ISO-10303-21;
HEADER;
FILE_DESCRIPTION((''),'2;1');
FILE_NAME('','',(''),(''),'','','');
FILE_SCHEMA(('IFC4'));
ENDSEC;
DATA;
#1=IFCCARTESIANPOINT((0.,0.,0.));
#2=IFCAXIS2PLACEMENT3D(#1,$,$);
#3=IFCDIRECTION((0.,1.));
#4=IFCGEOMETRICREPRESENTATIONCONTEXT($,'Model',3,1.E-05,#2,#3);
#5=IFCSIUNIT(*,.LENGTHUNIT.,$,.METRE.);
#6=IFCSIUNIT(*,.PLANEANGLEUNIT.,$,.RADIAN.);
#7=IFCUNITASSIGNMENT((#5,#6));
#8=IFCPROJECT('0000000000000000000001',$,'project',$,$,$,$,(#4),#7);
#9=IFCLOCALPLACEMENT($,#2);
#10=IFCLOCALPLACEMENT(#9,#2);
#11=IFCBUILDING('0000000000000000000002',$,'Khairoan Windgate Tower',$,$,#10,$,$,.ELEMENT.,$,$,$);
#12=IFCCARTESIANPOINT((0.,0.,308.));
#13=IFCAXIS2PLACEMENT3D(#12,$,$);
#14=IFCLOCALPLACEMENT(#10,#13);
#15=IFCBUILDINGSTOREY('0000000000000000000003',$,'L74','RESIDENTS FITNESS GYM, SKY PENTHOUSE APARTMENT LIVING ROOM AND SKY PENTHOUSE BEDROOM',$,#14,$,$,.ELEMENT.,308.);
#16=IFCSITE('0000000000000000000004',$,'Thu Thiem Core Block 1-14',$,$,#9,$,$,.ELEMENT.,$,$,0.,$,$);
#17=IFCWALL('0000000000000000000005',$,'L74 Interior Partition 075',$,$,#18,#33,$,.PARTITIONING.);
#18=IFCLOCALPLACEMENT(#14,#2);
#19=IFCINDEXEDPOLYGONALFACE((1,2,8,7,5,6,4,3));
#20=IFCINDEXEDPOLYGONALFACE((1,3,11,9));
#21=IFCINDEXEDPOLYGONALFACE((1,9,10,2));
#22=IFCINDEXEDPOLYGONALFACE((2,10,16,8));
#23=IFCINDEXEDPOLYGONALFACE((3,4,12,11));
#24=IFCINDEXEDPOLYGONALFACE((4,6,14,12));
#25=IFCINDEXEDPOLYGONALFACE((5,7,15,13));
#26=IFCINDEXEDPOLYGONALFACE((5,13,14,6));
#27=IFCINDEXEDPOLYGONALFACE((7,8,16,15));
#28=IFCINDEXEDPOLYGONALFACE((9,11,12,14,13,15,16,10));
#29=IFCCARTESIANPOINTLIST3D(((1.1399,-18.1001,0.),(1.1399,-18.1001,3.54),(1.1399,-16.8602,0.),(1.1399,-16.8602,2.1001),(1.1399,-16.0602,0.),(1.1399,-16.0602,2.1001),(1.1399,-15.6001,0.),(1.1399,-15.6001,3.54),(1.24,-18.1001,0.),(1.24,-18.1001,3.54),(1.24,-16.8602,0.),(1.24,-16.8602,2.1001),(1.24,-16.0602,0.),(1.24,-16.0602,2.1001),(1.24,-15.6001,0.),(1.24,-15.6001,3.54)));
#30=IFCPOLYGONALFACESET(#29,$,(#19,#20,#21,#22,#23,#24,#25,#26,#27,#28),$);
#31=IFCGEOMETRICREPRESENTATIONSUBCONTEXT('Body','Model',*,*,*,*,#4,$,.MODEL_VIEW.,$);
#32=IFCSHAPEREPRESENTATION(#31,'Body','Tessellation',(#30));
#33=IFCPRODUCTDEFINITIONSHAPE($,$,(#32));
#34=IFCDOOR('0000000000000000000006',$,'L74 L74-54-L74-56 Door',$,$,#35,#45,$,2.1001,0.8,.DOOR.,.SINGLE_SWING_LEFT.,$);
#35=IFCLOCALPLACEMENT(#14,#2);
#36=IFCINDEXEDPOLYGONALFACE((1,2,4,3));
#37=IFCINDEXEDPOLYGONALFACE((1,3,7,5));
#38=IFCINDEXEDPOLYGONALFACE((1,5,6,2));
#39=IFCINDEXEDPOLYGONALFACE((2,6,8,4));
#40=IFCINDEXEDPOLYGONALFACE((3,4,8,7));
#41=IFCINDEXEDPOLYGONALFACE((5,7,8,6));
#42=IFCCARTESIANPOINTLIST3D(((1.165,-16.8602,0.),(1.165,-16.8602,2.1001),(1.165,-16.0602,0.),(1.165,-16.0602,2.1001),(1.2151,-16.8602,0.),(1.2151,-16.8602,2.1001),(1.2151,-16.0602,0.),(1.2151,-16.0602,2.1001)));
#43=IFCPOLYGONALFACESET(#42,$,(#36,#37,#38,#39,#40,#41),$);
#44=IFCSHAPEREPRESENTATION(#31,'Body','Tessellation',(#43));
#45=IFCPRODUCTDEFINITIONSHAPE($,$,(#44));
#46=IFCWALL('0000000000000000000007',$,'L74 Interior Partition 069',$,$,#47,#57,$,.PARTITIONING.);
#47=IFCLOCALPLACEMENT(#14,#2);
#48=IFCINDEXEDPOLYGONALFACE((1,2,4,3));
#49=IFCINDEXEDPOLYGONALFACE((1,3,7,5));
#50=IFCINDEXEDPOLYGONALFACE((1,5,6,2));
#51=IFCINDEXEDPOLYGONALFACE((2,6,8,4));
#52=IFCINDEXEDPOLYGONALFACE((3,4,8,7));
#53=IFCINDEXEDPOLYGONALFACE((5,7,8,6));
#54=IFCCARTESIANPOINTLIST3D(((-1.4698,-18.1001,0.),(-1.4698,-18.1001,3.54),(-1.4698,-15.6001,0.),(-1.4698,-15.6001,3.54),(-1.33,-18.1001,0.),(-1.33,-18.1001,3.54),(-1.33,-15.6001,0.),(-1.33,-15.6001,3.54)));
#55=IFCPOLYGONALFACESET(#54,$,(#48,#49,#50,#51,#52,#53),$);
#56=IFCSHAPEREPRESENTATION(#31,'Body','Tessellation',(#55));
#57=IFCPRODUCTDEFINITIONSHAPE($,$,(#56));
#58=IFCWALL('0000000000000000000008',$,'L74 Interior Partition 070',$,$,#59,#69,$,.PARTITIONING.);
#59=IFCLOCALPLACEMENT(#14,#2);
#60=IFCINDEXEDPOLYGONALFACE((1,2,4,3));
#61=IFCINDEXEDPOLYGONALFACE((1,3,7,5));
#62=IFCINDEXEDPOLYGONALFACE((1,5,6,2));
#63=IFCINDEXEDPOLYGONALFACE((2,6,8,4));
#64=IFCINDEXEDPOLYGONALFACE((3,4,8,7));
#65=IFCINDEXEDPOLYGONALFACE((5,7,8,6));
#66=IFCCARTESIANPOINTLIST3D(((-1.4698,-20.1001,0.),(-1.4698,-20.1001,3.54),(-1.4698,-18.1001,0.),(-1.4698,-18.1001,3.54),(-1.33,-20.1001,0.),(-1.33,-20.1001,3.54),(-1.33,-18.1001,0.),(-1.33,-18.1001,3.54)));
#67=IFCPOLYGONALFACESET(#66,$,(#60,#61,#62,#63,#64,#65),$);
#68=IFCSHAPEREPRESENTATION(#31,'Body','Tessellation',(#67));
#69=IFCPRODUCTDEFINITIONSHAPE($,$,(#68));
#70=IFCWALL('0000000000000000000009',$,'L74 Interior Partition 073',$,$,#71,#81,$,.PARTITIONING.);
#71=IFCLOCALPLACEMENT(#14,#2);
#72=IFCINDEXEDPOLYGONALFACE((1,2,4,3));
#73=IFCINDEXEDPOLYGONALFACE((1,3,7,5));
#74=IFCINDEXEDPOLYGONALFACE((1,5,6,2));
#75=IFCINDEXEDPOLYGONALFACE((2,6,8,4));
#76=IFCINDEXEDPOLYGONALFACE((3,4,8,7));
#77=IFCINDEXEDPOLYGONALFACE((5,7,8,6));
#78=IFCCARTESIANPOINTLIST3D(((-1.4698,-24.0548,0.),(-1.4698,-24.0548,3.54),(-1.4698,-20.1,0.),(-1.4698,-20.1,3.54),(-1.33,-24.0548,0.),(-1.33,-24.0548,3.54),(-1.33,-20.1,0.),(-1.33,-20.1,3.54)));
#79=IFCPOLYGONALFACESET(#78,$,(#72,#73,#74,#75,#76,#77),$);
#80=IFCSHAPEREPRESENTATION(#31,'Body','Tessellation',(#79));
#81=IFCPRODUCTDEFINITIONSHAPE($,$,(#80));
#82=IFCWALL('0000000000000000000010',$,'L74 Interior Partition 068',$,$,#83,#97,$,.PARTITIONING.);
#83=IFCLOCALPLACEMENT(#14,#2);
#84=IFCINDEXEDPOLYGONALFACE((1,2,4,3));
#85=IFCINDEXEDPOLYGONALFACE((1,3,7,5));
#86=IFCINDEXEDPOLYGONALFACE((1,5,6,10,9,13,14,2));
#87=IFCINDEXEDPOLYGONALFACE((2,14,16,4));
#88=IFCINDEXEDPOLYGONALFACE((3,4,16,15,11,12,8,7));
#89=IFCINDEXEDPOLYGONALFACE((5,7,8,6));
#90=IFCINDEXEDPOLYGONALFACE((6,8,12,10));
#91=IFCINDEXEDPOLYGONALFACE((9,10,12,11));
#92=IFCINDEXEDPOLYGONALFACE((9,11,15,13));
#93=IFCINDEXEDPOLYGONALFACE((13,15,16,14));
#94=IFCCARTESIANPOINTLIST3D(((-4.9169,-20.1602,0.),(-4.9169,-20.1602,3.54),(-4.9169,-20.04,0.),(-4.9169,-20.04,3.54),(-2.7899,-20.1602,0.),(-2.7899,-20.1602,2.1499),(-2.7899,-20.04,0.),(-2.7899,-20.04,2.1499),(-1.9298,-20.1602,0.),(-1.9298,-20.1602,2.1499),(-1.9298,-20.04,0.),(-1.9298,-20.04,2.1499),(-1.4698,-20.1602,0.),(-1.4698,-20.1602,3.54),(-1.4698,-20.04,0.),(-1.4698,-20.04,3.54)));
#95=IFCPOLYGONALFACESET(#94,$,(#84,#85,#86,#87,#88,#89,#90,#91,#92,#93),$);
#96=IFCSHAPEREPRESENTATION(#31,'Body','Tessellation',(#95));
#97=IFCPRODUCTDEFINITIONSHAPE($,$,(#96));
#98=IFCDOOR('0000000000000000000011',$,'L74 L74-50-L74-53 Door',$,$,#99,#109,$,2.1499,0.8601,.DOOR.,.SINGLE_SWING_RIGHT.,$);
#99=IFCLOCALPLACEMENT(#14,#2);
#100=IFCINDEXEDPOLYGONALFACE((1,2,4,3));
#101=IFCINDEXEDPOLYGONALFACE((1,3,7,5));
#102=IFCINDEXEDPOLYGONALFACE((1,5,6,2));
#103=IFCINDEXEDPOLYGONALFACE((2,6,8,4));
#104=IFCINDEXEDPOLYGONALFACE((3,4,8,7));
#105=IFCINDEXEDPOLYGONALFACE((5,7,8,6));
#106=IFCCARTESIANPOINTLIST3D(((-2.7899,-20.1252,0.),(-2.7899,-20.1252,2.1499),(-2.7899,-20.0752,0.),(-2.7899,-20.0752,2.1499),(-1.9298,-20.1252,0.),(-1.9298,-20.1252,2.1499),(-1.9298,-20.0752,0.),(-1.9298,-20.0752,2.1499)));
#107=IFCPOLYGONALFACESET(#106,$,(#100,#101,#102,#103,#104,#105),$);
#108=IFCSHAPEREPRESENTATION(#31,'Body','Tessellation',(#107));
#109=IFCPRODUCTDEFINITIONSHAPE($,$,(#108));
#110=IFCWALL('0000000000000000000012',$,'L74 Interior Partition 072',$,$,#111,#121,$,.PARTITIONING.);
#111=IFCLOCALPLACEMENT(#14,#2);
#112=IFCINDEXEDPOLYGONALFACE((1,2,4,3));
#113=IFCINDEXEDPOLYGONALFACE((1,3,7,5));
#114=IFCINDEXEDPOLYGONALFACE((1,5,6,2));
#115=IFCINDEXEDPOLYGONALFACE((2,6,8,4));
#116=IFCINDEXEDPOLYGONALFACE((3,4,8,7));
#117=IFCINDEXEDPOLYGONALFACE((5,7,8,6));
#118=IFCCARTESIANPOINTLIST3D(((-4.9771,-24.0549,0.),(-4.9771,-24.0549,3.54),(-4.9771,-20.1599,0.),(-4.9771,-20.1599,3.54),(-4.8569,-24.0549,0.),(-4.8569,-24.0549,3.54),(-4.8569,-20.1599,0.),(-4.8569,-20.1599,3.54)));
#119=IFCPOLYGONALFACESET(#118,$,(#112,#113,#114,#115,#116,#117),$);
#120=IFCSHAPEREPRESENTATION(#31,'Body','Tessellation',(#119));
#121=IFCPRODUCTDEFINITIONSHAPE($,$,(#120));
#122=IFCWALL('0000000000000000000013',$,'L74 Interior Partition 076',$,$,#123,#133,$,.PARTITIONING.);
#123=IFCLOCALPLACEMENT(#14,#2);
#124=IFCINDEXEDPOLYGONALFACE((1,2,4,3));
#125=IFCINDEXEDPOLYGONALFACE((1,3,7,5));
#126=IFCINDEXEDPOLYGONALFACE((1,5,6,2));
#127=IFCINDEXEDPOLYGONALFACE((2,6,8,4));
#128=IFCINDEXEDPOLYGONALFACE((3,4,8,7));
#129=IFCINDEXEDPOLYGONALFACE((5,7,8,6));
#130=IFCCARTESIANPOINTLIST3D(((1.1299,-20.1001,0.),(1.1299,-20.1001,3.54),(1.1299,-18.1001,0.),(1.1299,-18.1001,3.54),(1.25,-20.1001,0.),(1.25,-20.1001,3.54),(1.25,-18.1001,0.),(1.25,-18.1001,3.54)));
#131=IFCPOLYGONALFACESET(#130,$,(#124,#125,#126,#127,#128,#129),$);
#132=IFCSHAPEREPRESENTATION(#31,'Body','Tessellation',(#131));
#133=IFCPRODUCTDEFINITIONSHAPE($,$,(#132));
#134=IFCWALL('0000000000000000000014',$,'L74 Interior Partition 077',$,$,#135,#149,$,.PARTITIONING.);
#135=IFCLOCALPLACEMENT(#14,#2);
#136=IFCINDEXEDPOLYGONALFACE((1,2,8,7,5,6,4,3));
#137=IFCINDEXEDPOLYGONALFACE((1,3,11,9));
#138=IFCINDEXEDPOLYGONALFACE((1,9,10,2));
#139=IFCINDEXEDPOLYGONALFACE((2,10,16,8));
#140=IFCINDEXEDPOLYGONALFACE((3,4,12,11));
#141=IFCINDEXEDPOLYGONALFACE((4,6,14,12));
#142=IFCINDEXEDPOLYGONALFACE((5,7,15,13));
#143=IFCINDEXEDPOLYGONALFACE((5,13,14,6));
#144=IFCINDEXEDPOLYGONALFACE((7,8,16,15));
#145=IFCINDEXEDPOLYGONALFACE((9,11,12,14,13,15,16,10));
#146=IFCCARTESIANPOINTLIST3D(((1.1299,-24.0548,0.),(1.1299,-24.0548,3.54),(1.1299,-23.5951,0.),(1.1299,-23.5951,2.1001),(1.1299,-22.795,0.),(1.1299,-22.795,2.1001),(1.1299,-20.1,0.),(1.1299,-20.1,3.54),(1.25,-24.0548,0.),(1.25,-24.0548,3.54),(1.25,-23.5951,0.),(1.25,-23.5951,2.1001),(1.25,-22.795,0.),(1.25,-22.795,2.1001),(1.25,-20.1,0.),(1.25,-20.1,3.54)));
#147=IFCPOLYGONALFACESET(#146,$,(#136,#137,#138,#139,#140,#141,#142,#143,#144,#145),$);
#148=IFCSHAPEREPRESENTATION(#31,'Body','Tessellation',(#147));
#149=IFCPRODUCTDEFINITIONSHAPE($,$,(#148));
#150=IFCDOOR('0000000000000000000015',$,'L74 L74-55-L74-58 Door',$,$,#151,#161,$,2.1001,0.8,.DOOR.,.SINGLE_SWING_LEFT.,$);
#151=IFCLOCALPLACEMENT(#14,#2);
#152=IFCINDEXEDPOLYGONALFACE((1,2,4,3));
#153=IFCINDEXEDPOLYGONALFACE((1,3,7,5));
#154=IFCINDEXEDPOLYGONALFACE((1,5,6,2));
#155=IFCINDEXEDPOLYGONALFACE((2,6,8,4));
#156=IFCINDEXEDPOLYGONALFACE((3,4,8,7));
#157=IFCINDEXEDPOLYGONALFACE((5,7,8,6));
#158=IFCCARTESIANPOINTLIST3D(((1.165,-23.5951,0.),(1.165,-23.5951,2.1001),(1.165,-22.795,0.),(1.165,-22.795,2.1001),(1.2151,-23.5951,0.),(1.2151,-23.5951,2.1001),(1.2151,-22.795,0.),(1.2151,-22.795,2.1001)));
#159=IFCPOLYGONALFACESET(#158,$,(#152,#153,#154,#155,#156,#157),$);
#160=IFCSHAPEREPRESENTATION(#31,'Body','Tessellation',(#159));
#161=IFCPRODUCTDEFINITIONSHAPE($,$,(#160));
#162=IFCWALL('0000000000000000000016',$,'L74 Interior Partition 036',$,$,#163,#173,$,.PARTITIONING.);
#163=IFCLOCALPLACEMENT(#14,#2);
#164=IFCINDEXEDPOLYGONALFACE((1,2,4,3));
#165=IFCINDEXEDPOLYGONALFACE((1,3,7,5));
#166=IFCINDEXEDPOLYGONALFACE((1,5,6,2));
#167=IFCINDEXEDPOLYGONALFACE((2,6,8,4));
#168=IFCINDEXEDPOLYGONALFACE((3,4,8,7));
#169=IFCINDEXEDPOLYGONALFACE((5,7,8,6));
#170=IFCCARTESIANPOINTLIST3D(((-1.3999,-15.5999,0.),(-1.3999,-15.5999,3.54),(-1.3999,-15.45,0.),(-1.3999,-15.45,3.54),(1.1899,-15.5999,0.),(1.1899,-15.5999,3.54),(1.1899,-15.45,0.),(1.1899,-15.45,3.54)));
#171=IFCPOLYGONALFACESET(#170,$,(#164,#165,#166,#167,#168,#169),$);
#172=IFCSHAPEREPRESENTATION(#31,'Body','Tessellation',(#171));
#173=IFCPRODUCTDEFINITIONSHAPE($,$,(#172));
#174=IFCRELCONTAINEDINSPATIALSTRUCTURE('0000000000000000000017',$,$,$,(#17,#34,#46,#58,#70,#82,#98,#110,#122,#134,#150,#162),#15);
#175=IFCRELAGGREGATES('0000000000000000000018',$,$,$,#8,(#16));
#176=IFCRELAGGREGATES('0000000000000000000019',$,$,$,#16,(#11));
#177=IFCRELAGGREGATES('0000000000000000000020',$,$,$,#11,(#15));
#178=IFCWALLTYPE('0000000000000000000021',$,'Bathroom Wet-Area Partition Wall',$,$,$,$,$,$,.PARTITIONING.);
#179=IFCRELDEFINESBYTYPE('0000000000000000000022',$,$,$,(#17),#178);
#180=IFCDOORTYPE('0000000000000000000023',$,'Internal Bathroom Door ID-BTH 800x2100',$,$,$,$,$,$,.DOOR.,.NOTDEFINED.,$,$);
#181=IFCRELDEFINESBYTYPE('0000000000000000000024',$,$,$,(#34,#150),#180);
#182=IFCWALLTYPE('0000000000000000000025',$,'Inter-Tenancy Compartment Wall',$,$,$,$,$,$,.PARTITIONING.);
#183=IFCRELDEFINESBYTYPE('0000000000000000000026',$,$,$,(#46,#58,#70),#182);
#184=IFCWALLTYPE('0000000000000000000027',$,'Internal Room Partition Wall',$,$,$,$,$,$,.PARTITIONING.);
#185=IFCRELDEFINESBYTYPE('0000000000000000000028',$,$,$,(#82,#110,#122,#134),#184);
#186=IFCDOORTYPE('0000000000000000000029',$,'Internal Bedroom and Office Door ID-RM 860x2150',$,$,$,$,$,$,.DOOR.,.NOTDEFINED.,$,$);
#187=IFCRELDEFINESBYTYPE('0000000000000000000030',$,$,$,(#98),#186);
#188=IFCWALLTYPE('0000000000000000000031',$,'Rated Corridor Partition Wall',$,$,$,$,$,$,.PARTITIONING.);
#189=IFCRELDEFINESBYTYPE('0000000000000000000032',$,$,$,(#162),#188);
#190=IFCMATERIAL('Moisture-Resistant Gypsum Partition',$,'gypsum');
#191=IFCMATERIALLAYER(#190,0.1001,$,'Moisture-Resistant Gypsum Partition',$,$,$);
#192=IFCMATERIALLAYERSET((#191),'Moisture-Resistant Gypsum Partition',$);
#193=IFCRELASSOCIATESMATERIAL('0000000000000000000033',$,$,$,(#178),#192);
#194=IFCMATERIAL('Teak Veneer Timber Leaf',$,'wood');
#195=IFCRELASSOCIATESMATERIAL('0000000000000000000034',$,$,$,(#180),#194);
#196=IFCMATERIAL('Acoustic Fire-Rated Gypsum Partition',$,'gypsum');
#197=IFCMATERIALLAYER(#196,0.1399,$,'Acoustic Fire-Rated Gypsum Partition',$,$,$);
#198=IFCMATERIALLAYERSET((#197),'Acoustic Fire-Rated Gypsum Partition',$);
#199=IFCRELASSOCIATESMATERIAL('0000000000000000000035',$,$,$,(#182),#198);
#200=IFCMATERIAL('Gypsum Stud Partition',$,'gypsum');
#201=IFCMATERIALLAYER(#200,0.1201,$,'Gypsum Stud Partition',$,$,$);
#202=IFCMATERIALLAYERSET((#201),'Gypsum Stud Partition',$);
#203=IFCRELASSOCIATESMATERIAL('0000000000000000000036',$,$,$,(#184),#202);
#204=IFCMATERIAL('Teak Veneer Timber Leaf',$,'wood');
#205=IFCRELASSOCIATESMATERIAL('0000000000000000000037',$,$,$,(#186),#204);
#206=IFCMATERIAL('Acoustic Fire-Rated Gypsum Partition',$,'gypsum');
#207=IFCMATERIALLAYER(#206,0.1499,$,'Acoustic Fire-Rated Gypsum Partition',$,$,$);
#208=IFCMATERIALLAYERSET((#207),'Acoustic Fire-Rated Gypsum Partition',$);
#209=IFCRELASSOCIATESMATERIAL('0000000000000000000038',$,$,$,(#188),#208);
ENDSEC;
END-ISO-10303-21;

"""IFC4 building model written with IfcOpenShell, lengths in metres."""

from ifc_helpers import new_model, si_unit, direction, frame, frame_2d, origin, place, context, subcontext, project, spatial, rectangle, extrude, material, layer, layer_set, type_object, element, fill, save


model = new_model("IFC4")

# Units and contexts
model_context = context("Model", 3, precision=1e-05, world=origin(), true_north=direction((0.0, 1.0)))
body_context = subcontext(model_context, "Body", "Model", "MODEL_VIEW")
ifc_project = project(units=[si_unit("LENGTHUNIT", "METRE"), si_unit("PLANEANGLEUNIT", "RADIAN")], contexts=[model_context])

# Site, building, storey
site_placement = place(None, origin())
site = spatial("IfcSite", under=ifc_project, at=site_placement, Name="Thu Thiem Core Block 1-14", CompositionType="ELEMENT", RefElevation=0.0)
building_placement = place(site_placement, origin())
building = spatial("IfcBuilding", under=site, at=building_placement, Name="Khairoan Windgate Tower", CompositionType="ELEMENT")
storey_placement = place(building_placement, frame((0.0, 0.0, 308.0)))
storey = spatial("IfcBuildingStorey", under=building, at=storey_placement, Name="L74", Description="RESIDENTS FITNESS GYM, SKY PENTHOUSE APARTMENT LIVING ROOM AND SKY PENTHOUSE BEDROOM", CompositionType="ELEMENT", Elevation=308.0)

# Shared definitions
ifc_material_1 = material(Name="Moisture-Resistant Gypsum Partition", Category="gypsum")
ifc_layer_1 = layer(ifc_material_1, 0.1001, Name="Moisture-Resistant Gypsum Partition")
ifc_layer_set_1 = layer_set([ifc_layer_1], Name="Moisture-Resistant Gypsum Partition")
wall_type_1 = type_object("IfcWallType", Name="Bathroom Wet-Area Partition Wall", PredefinedType="PARTITIONING", material=ifc_layer_set_1)

# Wall, opening, door
wall_1_placement = place(storey_placement, frame((1.1899, -18.1001, 0.0), z_axis=(0.0, 0.0, 1.0), x_axis=(0.0, 1.0, 0.0)))
wall_1 = element("IfcWall", 1, at=wall_1_placement, inside=storey, type_object=wall_type_1, Name="L74 Interior Partition 075", PredefinedType="PARTITIONING", context=body_context, shape_type="SweptSolid", body=[
    extrude(rectangle(XDim=2.5, YDim=0.1001, at=frame_2d((1.25, 0.0))), origin(), (0.0, 0.0, 1.0), 3.54),
])
opening_1_placement = place(wall_1_placement, frame((1.24, 0.0, 0.0)))
opening_1 = element("IfcOpeningElement", 2, at=opening_1_placement, cuts=wall_1, PredefinedType="OPENING", context=body_context, shape_type="SweptSolid", body=[
    extrude(rectangle(XDim=0.8, YDim=2.1001, at=frame_2d((0.3999, 1.05))), frame((0.0, 0.0601, 0.0), z_axis=(0.0, -1.0, 0.0), x_axis=(1.0, 0.0, 0.0)), (0.0, 0.0, 1.0), 0.1201),
])
ifc_material_2 = material(Name="Teak Veneer Timber Leaf", Category="wood")
door_type_1 = type_object("IfcDoorType", Name="Internal Bathroom Door ID-BTH 800x2100", OperationType="NOTDEFINED", PredefinedType="DOOR", material=ifc_material_2)
door_1_placement = place(opening_1_placement, origin())
door_1 = element("IfcDoor", 3, at=door_1_placement, inside=storey, type_object=door_type_1, Name="L74 L74-54-L74-56 Door", OperationType="SINGLE_SWING_LEFT", OverallHeight=2.1001, OverallWidth=0.8, PredefinedType="DOOR", context=body_context, shape_type="SweptSolid", body=[
    extrude(rectangle(XDim=0.8, YDim=2.1001, at=frame_2d((0.3999, 1.05))), frame((0.0, 0.0249, 0.0), z_axis=(0.0, -1.0, 0.0), x_axis=(1.0, 0.0, 0.0)), (0.0, 0.0, 1.0), 0.05),
])
fill(opening_1, door_1)

# Walls
ifc_material_3 = material(Name="Acoustic Fire-Rated Gypsum Partition", Category="gypsum")
ifc_layer_2 = layer(ifc_material_3, 0.1399, Name="Acoustic Fire-Rated Gypsum Partition")
ifc_layer_set_2 = layer_set([ifc_layer_2], Name="Acoustic Fire-Rated Gypsum Partition")
wall_type_2 = type_object("IfcWallType", Name="Inter-Tenancy Compartment Wall", PredefinedType="PARTITIONING", material=ifc_layer_set_2)
wall_2_placement = place(storey_placement, frame((-1.3999, -18.1001, 0.0), z_axis=(0.0, 0.0, 1.0), x_axis=(0.0, 1.0, 0.0)))
element("IfcWall", 4, at=wall_2_placement, inside=storey, type_object=wall_type_2, Name="L74 Interior Partition 069", PredefinedType="PARTITIONING", context=body_context, shape_type="SweptSolid", body=[
    extrude(rectangle(XDim=2.5, YDim=0.1399, at=frame_2d((1.25, 0.0))), origin(), (0.0, 0.0, 1.0), 3.54),
])
wall_3_placement = place(storey_placement, frame((-1.3999, -20.1001, 0.0), z_axis=(0.0, 0.0, 1.0), x_axis=(0.0, 1.0, 0.0)))
element("IfcWall", 5, at=wall_3_placement, inside=storey, type_object=wall_type_2, Name="L74 Interior Partition 070", PredefinedType="PARTITIONING", context=body_context, shape_type="SweptSolid", body=[
    extrude(rectangle(XDim=2.0, YDim=0.1399, at=frame_2d((1.0, 0.0))), origin(), (0.0, 0.0, 1.0), 3.54),
])
wall_4_placement = place(storey_placement, frame((-1.3999, -24.0549, 0.0), z_axis=(0.0, 0.0, 1.0), x_axis=(0.0, 1.0, 0.0)))
element("IfcWall", 6, at=wall_4_placement, inside=storey, type_object=wall_type_2, Name="L74 Interior Partition 073", PredefinedType="PARTITIONING", context=body_context, shape_type="SweptSolid", body=[
    extrude(rectangle(XDim=3.9548, YDim=0.1399, at=frame_2d((1.9775, 0.0))), origin(), (0.0, 0.0, 1.0), 3.54),
])

# Wall, opening, door
ifc_material_4 = material(Name="Gypsum Stud Partition", Category="gypsum")
ifc_layer_3 = layer(ifc_material_4, 0.1201, Name="Gypsum Stud Partition")
ifc_layer_set_3 = layer_set([ifc_layer_3], Name="Gypsum Stud Partition")
wall_type_3 = type_object("IfcWallType", Name="Internal Room Partition Wall", PredefinedType="PARTITIONING", material=ifc_layer_set_3)
wall_5_placement = place(storey_placement, frame((-4.917, -20.1001, 0.0), z_axis=(0.0, 0.0, 1.0), x_axis=(1.0, 0.0, 0.0)))
wall_5 = element("IfcWall", 7, at=wall_5_placement, inside=storey, type_object=wall_type_3, Name="L74 Interior Partition 068", PredefinedType="PARTITIONING", context=body_context, shape_type="SweptSolid", body=[
    extrude(rectangle(XDim=3.447, YDim=0.1201, at=frame_2d((1.7236, 0.0))), origin(), (0.0, 0.0, 1.0), 3.54),
])
opening_2_placement = place(wall_5_placement, frame((2.127, 0.0, 0.0)))
opening_2 = element("IfcOpeningElement", 8, at=opening_2_placement, cuts=wall_5, PredefinedType="OPENING", context=body_context, shape_type="SweptSolid", body=[
    extrude(rectangle(XDim=0.8601, YDim=2.1499, at=frame_2d((0.4302, 1.075))), frame((0.0, 0.0701, 0.0), z_axis=(0.0, -1.0, 0.0), x_axis=(1.0, 0.0, 0.0)), (0.0, 0.0, 1.0), 0.1401),
])
ifc_material_5 = material(Name="Teak Veneer Timber Leaf", Category="wood")
door_type_2 = type_object("IfcDoorType", Name="Internal Bedroom and Office Door ID-RM 860x2150", OperationType="NOTDEFINED", PredefinedType="DOOR", material=ifc_material_5)
door_2_placement = place(opening_2_placement, origin())
door_2 = element("IfcDoor", 9, at=door_2_placement, inside=storey, type_object=door_type_2, Name="L74 L74-50-L74-53 Door", OperationType="SINGLE_SWING_RIGHT", OverallHeight=2.1499, OverallWidth=0.8601, PredefinedType="DOOR", context=body_context, shape_type="SweptSolid", body=[
    extrude(rectangle(XDim=0.8601, YDim=2.1499, at=frame_2d((0.4302, 1.075))), frame((0.0, 0.0249, 0.0), z_axis=(0.0, -1.0, 0.0), x_axis=(1.0, 0.0, 0.0)), (0.0, 0.0, 1.0), 0.05),
])
fill(opening_2, door_2)

# Walls
wall_6_placement = place(storey_placement, frame((-4.917, -24.0549, 0.0), z_axis=(0.0, 0.0, 1.0), x_axis=(0.0, 1.0, 0.0)))
element("IfcWall", 10, at=wall_6_placement, inside=storey, type_object=wall_type_3, Name="L74 Interior Partition 072", PredefinedType="PARTITIONING", context=body_context, shape_type="SweptSolid", body=[
    extrude(rectangle(XDim=3.895, YDim=0.1201, at=frame_2d((1.9475, 0.0))), origin(), (0.0, 0.0, 1.0), 3.54),
])
wall_7_placement = place(storey_placement, frame((1.1899, -20.1001, 0.0), z_axis=(0.0, 0.0, 1.0), x_axis=(0.0, 1.0, 0.0)))
element("IfcWall", 11, at=wall_7_placement, inside=storey, type_object=wall_type_3, Name="L74 Interior Partition 076", PredefinedType="PARTITIONING", context=body_context, shape_type="SweptSolid", body=[
    extrude(rectangle(XDim=2.0, YDim=0.1201, at=frame_2d((1.0, 0.0))), origin(), (0.0, 0.0, 1.0), 3.54),
])

# Wall, opening, door
wall_8_placement = place(storey_placement, frame((1.1899, -24.0549, 0.0), z_axis=(0.0, 0.0, 1.0), x_axis=(0.0, 1.0, 0.0)))
wall_8 = element("IfcWall", 12, at=wall_8_placement, inside=storey, type_object=wall_type_3, Name="L74 Interior Partition 077", PredefinedType="PARTITIONING", context=body_context, shape_type="SweptSolid", body=[
    extrude(rectangle(XDim=3.9548, YDim=0.1201, at=frame_2d((1.9775, 0.0))), origin(), (0.0, 0.0, 1.0), 3.54),
])
opening_3_placement = place(wall_8_placement, frame((0.46, 0.0, 0.0)))
opening_3 = element("IfcOpeningElement", 13, at=opening_3_placement, cuts=wall_8, PredefinedType="OPENING", context=body_context, shape_type="SweptSolid", body=[
    extrude(rectangle(XDim=0.8, YDim=2.1001, at=frame_2d((0.3999, 1.05))), frame((0.0, 0.0701, 0.0), z_axis=(0.0, -1.0, 0.0), x_axis=(1.0, 0.0, 0.0)), (0.0, 0.0, 1.0), 0.1401),
])
door_3_placement = place(opening_3_placement, origin())
door_3 = element("IfcDoor", 14, at=door_3_placement, inside=storey, type_object=door_type_1, Name="L74 L74-55-L74-58 Door", OperationType="SINGLE_SWING_LEFT", OverallHeight=2.1001, OverallWidth=0.8, PredefinedType="DOOR", context=body_context, shape_type="SweptSolid", body=[
    extrude(rectangle(XDim=0.8, YDim=2.1001, at=frame_2d((0.3999, 1.05))), frame((0.0, 0.0249, 0.0), z_axis=(0.0, -1.0, 0.0), x_axis=(1.0, 0.0, 0.0)), (0.0, 0.0, 1.0), 0.05),
])
fill(opening_3, door_3)

# Wall
ifc_material_6 = material(Name="Acoustic Fire-Rated Gypsum Partition", Category="gypsum")
ifc_layer_4 = layer(ifc_material_6, 0.1499, Name="Acoustic Fire-Rated Gypsum Partition")
ifc_layer_set_4 = layer_set([ifc_layer_4], Name="Acoustic Fire-Rated Gypsum Partition")
wall_type_4 = type_object("IfcWallType", Name="Rated Corridor Partition Wall", PredefinedType="PARTITIONING", material=ifc_layer_set_4)
wall_9_placement = place(storey_placement, frame((-1.3999, -15.5249, 0.0), z_axis=(0.0, 0.0, 1.0), x_axis=(1.0, 0.0, 0.0)))
element("IfcWall", 15, at=wall_9_placement, inside=storey, type_object=wall_type_4, Name="L74 Interior Partition 036", PredefinedType="PARTITIONING", context=body_context, shape_type="SweptSolid", body=[
    extrude(rectangle(XDim=2.5898, YDim=0.1499, at=frame_2d((1.2949, 0.0))), origin(), (0.0, 0.0, 1.0), 3.54),
])

save(model, "model.ifc")
